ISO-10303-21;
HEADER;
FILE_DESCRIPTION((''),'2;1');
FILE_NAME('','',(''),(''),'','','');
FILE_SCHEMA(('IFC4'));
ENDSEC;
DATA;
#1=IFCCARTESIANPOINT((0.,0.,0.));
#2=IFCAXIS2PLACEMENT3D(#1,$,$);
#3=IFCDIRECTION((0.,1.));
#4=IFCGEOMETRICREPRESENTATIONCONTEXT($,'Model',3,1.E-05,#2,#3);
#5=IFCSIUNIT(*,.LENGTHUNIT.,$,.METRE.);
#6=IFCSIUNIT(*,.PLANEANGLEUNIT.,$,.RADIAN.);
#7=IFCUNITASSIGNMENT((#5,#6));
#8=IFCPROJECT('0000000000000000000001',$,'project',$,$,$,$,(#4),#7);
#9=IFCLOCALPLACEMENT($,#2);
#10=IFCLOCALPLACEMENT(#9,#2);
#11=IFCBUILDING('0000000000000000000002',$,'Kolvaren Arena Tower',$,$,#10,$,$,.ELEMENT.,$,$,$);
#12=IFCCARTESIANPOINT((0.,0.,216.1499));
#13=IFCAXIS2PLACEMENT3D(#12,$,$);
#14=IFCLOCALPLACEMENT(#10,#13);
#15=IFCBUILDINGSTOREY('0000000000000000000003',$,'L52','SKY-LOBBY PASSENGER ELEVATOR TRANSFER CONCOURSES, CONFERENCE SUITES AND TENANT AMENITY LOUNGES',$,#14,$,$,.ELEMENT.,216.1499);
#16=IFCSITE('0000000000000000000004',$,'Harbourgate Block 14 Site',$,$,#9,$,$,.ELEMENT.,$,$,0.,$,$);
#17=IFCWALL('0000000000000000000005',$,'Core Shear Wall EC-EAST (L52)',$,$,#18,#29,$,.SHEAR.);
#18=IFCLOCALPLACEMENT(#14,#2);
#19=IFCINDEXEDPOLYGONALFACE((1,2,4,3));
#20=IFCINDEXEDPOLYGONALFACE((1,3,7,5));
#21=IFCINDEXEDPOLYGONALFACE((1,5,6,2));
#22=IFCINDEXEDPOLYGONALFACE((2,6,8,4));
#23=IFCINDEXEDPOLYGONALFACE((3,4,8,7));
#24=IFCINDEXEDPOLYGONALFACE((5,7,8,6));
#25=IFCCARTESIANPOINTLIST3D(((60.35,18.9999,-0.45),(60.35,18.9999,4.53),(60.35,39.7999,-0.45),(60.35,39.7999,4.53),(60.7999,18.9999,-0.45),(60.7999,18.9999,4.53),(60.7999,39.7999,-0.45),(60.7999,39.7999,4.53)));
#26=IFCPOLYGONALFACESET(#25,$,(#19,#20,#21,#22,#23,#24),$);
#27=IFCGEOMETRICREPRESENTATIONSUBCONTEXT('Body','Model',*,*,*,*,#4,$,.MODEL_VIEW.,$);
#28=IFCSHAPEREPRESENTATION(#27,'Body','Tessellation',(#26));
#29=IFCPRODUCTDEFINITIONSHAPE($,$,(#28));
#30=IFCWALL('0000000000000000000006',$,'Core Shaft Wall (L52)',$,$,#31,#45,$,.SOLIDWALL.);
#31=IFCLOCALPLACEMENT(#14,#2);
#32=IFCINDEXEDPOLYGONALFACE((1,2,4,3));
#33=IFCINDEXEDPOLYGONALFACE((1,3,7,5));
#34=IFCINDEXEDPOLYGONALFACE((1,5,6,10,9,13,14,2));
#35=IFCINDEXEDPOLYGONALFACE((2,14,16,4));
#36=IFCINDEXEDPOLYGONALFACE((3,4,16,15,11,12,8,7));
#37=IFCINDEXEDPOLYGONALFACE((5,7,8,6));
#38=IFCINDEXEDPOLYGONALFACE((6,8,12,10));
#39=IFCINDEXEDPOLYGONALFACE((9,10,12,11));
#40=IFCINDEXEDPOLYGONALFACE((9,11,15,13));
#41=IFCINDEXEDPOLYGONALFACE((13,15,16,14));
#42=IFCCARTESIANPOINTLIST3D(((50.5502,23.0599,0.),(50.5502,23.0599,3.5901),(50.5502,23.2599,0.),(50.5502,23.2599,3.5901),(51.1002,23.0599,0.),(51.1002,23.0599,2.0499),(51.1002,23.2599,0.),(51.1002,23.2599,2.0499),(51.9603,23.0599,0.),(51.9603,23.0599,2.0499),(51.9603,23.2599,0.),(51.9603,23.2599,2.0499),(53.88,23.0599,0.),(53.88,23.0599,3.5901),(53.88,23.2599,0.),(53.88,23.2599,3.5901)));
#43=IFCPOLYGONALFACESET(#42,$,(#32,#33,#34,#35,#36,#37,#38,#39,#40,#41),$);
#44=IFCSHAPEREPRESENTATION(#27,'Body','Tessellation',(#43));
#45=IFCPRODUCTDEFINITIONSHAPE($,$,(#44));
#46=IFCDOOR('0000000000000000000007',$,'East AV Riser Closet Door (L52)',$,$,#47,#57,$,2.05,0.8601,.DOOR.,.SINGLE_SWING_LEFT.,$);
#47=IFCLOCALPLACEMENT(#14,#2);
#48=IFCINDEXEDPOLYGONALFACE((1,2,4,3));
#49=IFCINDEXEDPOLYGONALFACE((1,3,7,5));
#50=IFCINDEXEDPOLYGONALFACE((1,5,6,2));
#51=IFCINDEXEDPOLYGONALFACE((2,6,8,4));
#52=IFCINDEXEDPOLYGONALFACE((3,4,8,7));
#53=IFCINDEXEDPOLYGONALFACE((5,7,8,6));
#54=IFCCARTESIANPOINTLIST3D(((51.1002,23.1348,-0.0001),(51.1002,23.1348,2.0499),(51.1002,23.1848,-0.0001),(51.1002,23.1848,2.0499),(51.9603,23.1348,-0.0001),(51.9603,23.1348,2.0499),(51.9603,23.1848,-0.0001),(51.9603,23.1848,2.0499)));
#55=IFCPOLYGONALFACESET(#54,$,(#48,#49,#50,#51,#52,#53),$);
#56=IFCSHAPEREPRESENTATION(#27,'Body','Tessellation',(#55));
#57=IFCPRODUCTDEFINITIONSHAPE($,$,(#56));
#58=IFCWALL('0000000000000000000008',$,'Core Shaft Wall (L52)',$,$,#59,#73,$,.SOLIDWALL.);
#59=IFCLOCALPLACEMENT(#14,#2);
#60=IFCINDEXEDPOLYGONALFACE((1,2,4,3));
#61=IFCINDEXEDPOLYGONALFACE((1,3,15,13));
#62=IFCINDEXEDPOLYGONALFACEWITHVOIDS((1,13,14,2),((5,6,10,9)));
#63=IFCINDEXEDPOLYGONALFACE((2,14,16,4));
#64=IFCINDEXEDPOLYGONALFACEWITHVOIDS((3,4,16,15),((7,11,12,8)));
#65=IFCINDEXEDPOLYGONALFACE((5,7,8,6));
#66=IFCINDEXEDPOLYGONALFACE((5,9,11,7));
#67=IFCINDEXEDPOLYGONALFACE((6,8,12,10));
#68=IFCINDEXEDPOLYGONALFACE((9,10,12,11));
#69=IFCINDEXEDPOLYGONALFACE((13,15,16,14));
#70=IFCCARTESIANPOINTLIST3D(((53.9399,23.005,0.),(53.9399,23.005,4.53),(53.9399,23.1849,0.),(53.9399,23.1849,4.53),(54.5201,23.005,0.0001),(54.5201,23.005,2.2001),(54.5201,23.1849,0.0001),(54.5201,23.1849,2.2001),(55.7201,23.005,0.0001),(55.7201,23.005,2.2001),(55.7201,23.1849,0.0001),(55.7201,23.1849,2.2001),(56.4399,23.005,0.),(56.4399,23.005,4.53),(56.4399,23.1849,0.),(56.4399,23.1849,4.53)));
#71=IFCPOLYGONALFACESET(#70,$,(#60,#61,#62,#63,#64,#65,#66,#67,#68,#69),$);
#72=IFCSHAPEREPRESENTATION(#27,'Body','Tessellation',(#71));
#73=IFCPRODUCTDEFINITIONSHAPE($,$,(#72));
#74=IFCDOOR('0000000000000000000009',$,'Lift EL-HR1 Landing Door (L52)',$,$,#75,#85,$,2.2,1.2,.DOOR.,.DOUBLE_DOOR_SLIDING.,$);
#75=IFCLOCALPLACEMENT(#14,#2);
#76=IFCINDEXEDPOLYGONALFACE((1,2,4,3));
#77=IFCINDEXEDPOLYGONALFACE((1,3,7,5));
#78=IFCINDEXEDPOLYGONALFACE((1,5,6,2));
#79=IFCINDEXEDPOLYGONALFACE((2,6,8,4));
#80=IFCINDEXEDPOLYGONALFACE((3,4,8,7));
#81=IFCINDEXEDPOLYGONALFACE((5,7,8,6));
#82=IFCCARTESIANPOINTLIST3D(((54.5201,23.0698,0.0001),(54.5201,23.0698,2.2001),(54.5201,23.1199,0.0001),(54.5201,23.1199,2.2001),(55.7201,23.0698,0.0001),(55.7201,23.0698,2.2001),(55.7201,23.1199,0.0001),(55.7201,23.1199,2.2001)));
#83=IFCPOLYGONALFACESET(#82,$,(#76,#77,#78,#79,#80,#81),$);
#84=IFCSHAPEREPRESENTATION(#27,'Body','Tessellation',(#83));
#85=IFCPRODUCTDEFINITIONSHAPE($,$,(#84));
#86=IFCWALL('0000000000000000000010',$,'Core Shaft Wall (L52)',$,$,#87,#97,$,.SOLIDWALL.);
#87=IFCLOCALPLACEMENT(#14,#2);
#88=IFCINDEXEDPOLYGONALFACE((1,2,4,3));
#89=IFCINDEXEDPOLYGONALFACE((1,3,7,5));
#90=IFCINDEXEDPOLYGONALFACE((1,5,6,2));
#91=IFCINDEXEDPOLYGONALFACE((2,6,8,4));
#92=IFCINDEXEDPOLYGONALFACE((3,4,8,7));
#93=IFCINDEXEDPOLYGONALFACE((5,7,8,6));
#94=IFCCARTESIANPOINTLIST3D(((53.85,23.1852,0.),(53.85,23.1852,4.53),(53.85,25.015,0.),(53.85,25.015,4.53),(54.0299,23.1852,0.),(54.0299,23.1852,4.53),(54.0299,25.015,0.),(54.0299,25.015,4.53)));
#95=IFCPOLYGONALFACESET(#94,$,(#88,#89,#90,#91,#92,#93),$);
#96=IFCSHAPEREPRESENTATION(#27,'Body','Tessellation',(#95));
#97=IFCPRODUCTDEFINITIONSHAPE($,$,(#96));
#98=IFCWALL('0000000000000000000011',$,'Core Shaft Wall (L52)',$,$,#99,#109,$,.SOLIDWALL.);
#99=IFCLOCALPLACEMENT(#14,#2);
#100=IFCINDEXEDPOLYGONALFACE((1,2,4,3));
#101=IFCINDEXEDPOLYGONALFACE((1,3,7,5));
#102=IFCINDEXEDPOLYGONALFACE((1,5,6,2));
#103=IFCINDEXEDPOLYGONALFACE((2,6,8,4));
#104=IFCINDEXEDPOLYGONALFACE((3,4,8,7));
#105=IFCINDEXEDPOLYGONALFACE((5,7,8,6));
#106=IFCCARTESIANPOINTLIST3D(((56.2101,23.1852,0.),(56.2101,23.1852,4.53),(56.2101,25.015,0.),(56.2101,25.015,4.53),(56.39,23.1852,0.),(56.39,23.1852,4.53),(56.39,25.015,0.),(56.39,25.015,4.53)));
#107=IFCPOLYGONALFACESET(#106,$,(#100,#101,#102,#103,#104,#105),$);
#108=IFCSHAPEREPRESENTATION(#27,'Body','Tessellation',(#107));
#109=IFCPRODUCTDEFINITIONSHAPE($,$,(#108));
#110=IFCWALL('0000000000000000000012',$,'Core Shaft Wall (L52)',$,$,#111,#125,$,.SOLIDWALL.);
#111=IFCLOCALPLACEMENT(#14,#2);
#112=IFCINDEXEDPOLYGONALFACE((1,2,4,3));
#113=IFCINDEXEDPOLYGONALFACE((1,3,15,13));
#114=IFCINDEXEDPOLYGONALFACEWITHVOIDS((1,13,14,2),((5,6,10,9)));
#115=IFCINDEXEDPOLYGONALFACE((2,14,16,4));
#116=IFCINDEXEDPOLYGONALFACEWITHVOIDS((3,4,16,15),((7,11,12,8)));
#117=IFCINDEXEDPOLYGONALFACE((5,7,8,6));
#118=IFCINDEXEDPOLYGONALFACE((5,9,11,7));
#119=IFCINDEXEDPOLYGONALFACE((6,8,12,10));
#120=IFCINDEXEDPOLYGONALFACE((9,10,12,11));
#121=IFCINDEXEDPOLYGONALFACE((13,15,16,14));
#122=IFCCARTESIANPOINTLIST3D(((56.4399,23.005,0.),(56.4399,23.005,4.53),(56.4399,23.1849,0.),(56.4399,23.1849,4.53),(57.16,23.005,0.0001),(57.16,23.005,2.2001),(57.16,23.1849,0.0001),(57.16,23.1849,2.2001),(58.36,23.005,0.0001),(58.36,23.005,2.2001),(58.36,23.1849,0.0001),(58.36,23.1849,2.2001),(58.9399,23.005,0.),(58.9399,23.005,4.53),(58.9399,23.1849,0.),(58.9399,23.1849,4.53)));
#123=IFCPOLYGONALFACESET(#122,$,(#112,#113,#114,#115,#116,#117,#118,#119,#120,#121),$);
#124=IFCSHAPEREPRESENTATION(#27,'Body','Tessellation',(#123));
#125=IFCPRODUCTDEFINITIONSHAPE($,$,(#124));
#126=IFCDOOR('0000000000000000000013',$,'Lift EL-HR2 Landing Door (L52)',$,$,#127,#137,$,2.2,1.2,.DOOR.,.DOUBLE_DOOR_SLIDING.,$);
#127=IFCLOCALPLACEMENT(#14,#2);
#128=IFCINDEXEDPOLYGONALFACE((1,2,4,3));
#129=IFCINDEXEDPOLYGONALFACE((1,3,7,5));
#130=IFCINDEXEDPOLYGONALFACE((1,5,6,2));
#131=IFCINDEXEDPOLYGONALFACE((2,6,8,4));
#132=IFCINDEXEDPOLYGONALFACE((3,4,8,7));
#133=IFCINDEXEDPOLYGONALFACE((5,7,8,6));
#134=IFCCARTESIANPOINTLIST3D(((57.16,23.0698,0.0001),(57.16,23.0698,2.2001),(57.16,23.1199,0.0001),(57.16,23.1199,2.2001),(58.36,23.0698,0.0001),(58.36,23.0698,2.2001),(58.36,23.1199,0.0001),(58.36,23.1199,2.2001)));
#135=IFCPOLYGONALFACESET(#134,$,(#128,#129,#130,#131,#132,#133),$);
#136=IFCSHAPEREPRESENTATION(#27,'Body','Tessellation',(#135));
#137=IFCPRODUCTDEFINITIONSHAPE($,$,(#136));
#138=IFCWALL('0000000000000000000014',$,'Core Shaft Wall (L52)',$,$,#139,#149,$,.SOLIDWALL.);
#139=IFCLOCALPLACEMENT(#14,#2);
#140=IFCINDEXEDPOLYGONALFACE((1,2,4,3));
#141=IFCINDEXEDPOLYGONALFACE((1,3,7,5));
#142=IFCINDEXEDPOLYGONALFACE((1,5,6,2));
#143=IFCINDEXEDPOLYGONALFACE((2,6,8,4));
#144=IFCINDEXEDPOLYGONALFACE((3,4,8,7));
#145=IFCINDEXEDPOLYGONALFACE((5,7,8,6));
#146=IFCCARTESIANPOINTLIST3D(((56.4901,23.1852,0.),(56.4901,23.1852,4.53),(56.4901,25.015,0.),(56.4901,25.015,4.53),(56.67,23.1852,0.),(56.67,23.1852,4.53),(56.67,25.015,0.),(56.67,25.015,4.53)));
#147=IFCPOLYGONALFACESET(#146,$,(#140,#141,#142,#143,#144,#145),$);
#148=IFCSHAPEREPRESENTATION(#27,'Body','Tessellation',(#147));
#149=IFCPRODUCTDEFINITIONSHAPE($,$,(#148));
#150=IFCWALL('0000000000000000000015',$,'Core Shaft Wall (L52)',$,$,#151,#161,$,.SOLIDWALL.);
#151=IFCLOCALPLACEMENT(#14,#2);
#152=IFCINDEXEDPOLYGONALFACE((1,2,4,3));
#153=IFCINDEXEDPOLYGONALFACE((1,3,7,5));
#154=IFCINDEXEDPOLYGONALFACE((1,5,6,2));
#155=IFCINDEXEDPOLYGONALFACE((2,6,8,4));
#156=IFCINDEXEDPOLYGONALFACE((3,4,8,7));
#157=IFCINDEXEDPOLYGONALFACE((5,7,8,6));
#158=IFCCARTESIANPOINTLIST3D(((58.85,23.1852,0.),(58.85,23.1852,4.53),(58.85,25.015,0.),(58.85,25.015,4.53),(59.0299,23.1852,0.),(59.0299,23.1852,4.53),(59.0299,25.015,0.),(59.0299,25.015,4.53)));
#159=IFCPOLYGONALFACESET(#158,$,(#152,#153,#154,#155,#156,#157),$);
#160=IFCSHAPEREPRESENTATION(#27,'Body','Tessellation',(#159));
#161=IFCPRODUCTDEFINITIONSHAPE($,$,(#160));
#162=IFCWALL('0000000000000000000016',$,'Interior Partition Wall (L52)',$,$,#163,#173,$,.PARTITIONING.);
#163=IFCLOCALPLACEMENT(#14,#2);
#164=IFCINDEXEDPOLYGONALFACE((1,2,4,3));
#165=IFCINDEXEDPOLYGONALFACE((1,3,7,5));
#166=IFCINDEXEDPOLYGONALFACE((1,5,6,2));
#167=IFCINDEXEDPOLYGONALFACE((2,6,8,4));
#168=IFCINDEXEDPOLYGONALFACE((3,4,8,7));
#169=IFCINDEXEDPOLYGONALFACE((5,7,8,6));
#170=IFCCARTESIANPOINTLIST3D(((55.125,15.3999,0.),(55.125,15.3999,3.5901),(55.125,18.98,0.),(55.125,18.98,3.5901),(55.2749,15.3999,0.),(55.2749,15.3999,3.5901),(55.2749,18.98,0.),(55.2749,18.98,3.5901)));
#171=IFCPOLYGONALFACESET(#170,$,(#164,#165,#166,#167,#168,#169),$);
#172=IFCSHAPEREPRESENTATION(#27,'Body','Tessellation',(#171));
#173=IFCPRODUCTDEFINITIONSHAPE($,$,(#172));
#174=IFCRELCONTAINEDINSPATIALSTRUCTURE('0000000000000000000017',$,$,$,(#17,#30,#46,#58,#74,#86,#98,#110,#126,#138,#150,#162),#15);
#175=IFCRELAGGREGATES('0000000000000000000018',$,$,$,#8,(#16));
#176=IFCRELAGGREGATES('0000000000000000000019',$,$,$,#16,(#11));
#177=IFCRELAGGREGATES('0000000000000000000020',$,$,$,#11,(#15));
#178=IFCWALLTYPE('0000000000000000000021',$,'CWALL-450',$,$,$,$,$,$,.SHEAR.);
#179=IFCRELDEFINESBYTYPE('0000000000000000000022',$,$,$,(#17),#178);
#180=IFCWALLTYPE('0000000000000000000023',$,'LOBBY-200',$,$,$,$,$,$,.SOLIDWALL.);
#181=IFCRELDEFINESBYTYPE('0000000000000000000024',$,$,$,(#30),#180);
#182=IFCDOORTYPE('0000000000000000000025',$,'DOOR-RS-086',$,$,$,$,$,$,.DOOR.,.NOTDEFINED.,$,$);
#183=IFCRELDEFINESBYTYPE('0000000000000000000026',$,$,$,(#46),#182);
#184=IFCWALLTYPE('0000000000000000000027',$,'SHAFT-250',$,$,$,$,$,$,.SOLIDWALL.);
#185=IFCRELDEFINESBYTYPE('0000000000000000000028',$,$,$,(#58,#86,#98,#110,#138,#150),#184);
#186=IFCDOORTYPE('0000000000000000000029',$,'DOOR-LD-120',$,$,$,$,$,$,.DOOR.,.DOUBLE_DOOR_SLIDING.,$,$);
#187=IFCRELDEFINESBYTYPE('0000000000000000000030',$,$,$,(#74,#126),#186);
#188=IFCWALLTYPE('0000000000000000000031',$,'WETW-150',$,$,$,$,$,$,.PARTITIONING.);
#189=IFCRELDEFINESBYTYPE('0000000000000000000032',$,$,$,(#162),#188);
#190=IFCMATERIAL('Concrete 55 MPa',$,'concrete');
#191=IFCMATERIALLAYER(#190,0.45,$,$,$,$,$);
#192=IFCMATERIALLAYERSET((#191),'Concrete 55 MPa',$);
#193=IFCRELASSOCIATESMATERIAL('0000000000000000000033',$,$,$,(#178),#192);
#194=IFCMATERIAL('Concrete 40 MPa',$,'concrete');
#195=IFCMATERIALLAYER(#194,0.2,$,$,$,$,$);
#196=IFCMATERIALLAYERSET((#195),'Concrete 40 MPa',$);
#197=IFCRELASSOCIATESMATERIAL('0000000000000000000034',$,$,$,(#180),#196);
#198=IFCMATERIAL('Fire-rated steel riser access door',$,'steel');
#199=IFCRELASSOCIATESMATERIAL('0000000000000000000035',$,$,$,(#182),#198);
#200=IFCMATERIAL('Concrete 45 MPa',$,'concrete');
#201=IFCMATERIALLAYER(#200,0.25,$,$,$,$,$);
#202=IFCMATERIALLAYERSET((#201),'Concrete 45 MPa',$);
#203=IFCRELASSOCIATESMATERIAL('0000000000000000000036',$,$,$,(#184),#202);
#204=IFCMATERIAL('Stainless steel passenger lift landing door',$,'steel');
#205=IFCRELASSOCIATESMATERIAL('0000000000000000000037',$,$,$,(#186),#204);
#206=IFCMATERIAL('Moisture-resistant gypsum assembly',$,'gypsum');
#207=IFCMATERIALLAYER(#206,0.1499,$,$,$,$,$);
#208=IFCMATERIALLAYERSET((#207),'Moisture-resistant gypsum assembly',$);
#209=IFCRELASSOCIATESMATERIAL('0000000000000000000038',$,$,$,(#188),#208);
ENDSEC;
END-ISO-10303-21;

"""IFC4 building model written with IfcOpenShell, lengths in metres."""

from ifc_helpers import new_model, si_unit, direction, frame, frame_2d, origin, place, context, subcontext, project, spatial, rectangle, extrude, material, layer, layer_set, type_object, element, fill, save


model = new_model("IFC4")

# Units and contexts
model_context = context("Model", 3, precision=1e-05, world=origin(), true_north=direction((0.0, 1.0)))
body_context = subcontext(model_context, "Body", "Model", "MODEL_VIEW")
ifc_project = project(units=[si_unit("LENGTHUNIT", "METRE"), si_unit("PLANEANGLEUNIT", "RADIAN")], contexts=[model_context])

# Site, building, storey
site_placement = place(None, origin())
site = spatial("IfcSite", under=ifc_project, at=site_placement, Name="Harbourgate Block 14 Site", CompositionType="ELEMENT", RefElevation=0.0)
building_placement = place(site_placement, origin())
building = spatial("IfcBuilding", under=site, at=building_placement, Name="Kolvaren Arena Tower", CompositionType="ELEMENT")
storey_placement = place(building_placement, frame((0.0, 0.0, 216.1499)))
storey = spatial("IfcBuildingStorey", under=building, at=storey_placement, Name="L52", Description="SKY-LOBBY PASSENGER ELEVATOR TRANSFER CONCOURSES, CONFERENCE SUITES AND TENANT AMENITY LOUNGES", CompositionType="ELEMENT", Elevation=216.1499)

# Wall
ifc_material_1 = material(Name="Concrete 55 MPa", Category="concrete")
ifc_layer_1 = layer(ifc_material_1, 0.45)
ifc_layer_set_1 = layer_set([ifc_layer_1], Name="Concrete 55 MPa")
wall_type_1 = type_object("IfcWallType", Name="CWALL-450", PredefinedType="SHEAR", material=ifc_layer_set_1)
wall_1_placement = place(storey_placement, frame((60.575, 19.0, -0.45), z_axis=(0.0, 0.0, 1.0), x_axis=(0.0, 1.0, 0.0)))
element("IfcWall", 1, at=wall_1_placement, inside=storey, type_object=wall_type_1, Name="Core Shear Wall EC-EAST (L52)", PredefinedType="SHEAR", context=body_context, shape_type="SweptSolid", body=[
    extrude(rectangle(XDim=20.8, YDim=0.45, at=frame_2d((10.3999, 0.0))), origin(), (0.0, 0.0, 1.0), 4.98),
])

# Shared definitions
ifc_material_2 = material(Name="Concrete 40 MPa", Category="concrete")
ifc_layer_2 = layer(ifc_material_2, 0.2)
ifc_layer_set_2 = layer_set([ifc_layer_2], Name="Concrete 40 MPa")
wall_type_2 = type_object("IfcWallType", Name="LOBBY-200", PredefinedType="SOLIDWALL", material=ifc_layer_set_2)

# Walls, openings, doors
wall_2_placement = place(storey_placement, frame((50.55, 23.1599, 0.0), z_axis=(0.0, 0.0, 1.0), x_axis=(1.0, 0.0, 0.0)))
wall_2 = element("IfcWall", 2, at=wall_2_placement, inside=storey, type_object=wall_type_2, Name="Core Shaft Wall (L52)", PredefinedType="SOLIDWALL", context=body_context, shape_type="SweptSolid", body=[
    extrude(rectangle(XDim=3.3298, YDim=0.2, at=frame_2d((1.665, 0.0))), origin(), (0.0, 0.0, 1.0), 3.5901),
])
opening_1_placement = place(wall_2_placement, frame((0.55, 0.0, 0.0)))
opening_1 = element("IfcOpeningElement", 3, at=opening_1_placement, cuts=wall_2, PredefinedType="OPENING", context=body_context, shape_type="SweptSolid", body=[
    extrude(rectangle(XDim=0.8601, YDim=2.05, at=frame_2d((0.4302, 1.0249))), frame((0.0, 0.1099, 0.0), z_axis=(0.0, -1.0, 0.0), x_axis=(1.0, 0.0, 0.0)), (0.0, 0.0, 1.0), 0.22),
])
ifc_material_3 = material(Name="Fire-rated steel riser access door", Category="steel")
door_type_1 = type_object("IfcDoorType", Name="DOOR-RS-086", OperationType="NOTDEFINED", PredefinedType="DOOR", material=ifc_material_3)
door_1_placement = place(opening_1_placement, origin())
door_1 = element("IfcDoor", 4, at=door_1_placement, inside=storey, type_object=door_type_1, Name="East AV Riser Closet Door (L52)", OperationType="SINGLE_SWING_LEFT", OverallHeight=2.05, OverallWidth=0.8601, PredefinedType="DOOR", context=body_context, shape_type="SweptSolid", body=[
    extrude(rectangle(XDim=0.8601, YDim=2.05, at=frame_2d((0.4302, 1.0249))), frame((0.0, 0.0249, 0.0), z_axis=(0.0, -1.0, 0.0), x_axis=(1.0, 0.0, 0.0)), (0.0, 0.0, 1.0), 0.05),
])
fill(opening_1, door_1)
ifc_material_4 = material(Name="Concrete 45 MPa", Category="concrete")
ifc_layer_3 = layer(ifc_material_4, 0.25)
ifc_layer_set_3 = layer_set([ifc_layer_3], Name="Concrete 45 MPa")
wall_type_3 = type_object("IfcWallType", Name="SHAFT-250", PredefinedType="SOLIDWALL", material=ifc_layer_set_3)
wall_3_placement = place(storey_placement, frame((53.9399, 23.095, 0.0), z_axis=(0.0, 0.0, 1.0), x_axis=(1.0, 0.0, 0.0)))
wall_3 = element("IfcWall", 5, at=wall_3_placement, inside=storey, type_object=wall_type_3, Name="Core Shaft Wall (L52)", PredefinedType="SOLIDWALL", context=body_context, shape_type="SweptSolid", body=[
    extrude(rectangle(XDim=2.5, YDim=0.1799, at=frame_2d((1.25, 0.0))), origin(), (0.0, 0.0, 1.0), 4.53),
])
opening_2_placement = place(wall_3_placement, frame((0.5801, 0.0, 0.0)))
opening_2 = element("IfcOpeningElement", 6, at=opening_2_placement, cuts=wall_3, PredefinedType="OPENING", context=body_context, shape_type="SweptSolid", body=[
    extrude(rectangle(XDim=1.2, YDim=2.2, at=frame_2d((0.6001, 1.1001))), frame((0.0, 0.0999, 0.0), z_axis=(0.0, -1.0, 0.0), x_axis=(1.0, 0.0, 0.0)), (0.0, 0.0, 1.0), 0.2),
])
ifc_material_5 = material(Name="Stainless steel passenger lift landing door", Category="steel")
door_type_2 = type_object("IfcDoorType", Name="DOOR-LD-120", OperationType="DOUBLE_DOOR_SLIDING", PredefinedType="DOOR", material=ifc_material_5)
door_2_placement = place(opening_2_placement, origin())
door_2 = element("IfcDoor", 7, at=door_2_placement, inside=storey, type_object=door_type_2, Name="Lift EL-HR1 Landing Door (L52)", OperationType="DOUBLE_DOOR_SLIDING", OverallHeight=2.2, OverallWidth=1.2, PredefinedType="DOOR", context=body_context, shape_type="SweptSolid", body=[
    extrude(rectangle(XDim=1.2, YDim=2.2, at=frame_2d((0.6001, 1.1001))), frame((0.0, 0.0249, 0.0), z_axis=(0.0, -1.0, 0.0), x_axis=(1.0, 0.0, 0.0)), (0.0, 0.0, 1.0), 0.05),
])
fill(opening_2, door_2)

# Walls
for number, where, z_axis, x_axis, name in (
    (8, (53.9399, 23.1851, 0.0), (0.0, 0.0, 1.0), (0.0, 1.0, 0.0), "Core Shaft Wall (L52)"),
    (9, (56.3, 23.1851, 0.0), (0.0, 0.0, 1.0), (0.0, 1.0, 0.0), "Core Shaft Wall (L52)"),
):
    element("IfcWall", number, at=place(storey_placement, frame(where, z_axis=z_axis, x_axis=x_axis)), inside=storey, type_object=wall_type_3, Name=name, PredefinedType="SOLIDWALL", context=body_context, shape_type="SweptSolid", body=[
        extrude(rectangle(XDim=1.8298, YDim=0.1799, at=frame_2d((0.915, 0.0))), origin(), (0.0, 0.0, 1.0), 4.53),
    ])

# Wall, opening, door
wall_4_placement = place(storey_placement, frame((56.4399, 23.095, 0.0), z_axis=(0.0, 0.0, 1.0), x_axis=(1.0, 0.0, 0.0)))
wall_4 = element("IfcWall", 10, at=wall_4_placement, inside=storey, type_object=wall_type_3, Name="Core Shaft Wall (L52)", PredefinedType="SOLIDWALL", context=body_context, shape_type="SweptSolid", body=[
    extrude(rectangle(XDim=2.5, YDim=0.1799, at=frame_2d((1.25, 0.0))), origin(), (0.0, 0.0, 1.0), 4.53),
])
opening_3_placement = place(wall_4_placement, frame((0.72, 0.0, 0.0)))
opening_3 = element("IfcOpeningElement", 11, at=opening_3_placement, cuts=wall_4, PredefinedType="OPENING", context=body_context, shape_type="SweptSolid", body=[
    extrude(rectangle(XDim=1.2, YDim=2.2, at=frame_2d((0.6001, 1.1001))), frame((0.0, 0.0999, 0.0), z_axis=(0.0, -1.0, 0.0), x_axis=(1.0, 0.0, 0.0)), (0.0, 0.0, 1.0), 0.2),
])
door_3_placement = place(opening_3_placement, origin())
door_3 = element("IfcDoor", 12, at=door_3_placement, inside=storey, type_object=door_type_2, Name="Lift EL-HR2 Landing Door (L52)", OperationType="DOUBLE_DOOR_SLIDING", OverallHeight=2.2, OverallWidth=1.2, PredefinedType="DOOR", context=body_context, shape_type="SweptSolid", body=[
    extrude(rectangle(XDim=1.2, YDim=2.2, at=frame_2d((0.6001, 1.1001))), frame((0.0, 0.0249, 0.0), z_axis=(0.0, -1.0, 0.0), x_axis=(1.0, 0.0, 0.0)), (0.0, 0.0, 1.0), 0.05),
])
fill(opening_3, door_3)

# Walls
for number, where, z_axis, x_axis, name in (
    (13, (56.5801, 23.1851, 0.0), (0.0, 0.0, 1.0), (0.0, 1.0, 0.0), "Core Shaft Wall (L52)"),
    (14, (58.9399, 23.1851, 0.0), (0.0, 0.0, 1.0), (0.0, 1.0, 0.0), "Core Shaft Wall (L52)"),
):
    element("IfcWall", number, at=place(storey_placement, frame(where, z_axis=z_axis, x_axis=x_axis)), inside=storey, type_object=wall_type_3, Name=name, PredefinedType="SOLIDWALL", context=body_context, shape_type="SweptSolid", body=[
        extrude(rectangle(XDim=1.8298, YDim=0.1799, at=frame_2d((0.915, 0.0))), origin(), (0.0, 0.0, 1.0), 4.53),
    ])
ifc_material_6 = material(Name="Moisture-resistant gypsum assembly", Category="gypsum")
ifc_layer_4 = layer(ifc_material_6, 0.1499)
ifc_layer_set_4 = layer_set([ifc_layer_4], Name="Moisture-resistant gypsum assembly")
wall_type_4 = type_object("IfcWallType", Name="WETW-150", PredefinedType="PARTITIONING", material=ifc_layer_set_4)
for number, where, z_axis, x_axis, name in (
    (15, (55.2, 15.3999, 0.0), (0.0, 0.0, 1.0), (0.0, 1.0, 0.0), "Interior Partition Wall (L52)"),
):
    element("IfcWall", number, at=place(storey_placement, frame(where, z_axis=z_axis, x_axis=x_axis)), inside=storey, type_object=wall_type_4, Name=name, PredefinedType="PARTITIONING", context=body_context, shape_type="SweptSolid", body=[
        extrude(rectangle(XDim=3.5801, YDim=0.1499, at=frame_2d((1.79, 0.0))), origin(), (0.0, 0.0, 1.0), 3.5901),
    ])

save(model, "model.ifc")
